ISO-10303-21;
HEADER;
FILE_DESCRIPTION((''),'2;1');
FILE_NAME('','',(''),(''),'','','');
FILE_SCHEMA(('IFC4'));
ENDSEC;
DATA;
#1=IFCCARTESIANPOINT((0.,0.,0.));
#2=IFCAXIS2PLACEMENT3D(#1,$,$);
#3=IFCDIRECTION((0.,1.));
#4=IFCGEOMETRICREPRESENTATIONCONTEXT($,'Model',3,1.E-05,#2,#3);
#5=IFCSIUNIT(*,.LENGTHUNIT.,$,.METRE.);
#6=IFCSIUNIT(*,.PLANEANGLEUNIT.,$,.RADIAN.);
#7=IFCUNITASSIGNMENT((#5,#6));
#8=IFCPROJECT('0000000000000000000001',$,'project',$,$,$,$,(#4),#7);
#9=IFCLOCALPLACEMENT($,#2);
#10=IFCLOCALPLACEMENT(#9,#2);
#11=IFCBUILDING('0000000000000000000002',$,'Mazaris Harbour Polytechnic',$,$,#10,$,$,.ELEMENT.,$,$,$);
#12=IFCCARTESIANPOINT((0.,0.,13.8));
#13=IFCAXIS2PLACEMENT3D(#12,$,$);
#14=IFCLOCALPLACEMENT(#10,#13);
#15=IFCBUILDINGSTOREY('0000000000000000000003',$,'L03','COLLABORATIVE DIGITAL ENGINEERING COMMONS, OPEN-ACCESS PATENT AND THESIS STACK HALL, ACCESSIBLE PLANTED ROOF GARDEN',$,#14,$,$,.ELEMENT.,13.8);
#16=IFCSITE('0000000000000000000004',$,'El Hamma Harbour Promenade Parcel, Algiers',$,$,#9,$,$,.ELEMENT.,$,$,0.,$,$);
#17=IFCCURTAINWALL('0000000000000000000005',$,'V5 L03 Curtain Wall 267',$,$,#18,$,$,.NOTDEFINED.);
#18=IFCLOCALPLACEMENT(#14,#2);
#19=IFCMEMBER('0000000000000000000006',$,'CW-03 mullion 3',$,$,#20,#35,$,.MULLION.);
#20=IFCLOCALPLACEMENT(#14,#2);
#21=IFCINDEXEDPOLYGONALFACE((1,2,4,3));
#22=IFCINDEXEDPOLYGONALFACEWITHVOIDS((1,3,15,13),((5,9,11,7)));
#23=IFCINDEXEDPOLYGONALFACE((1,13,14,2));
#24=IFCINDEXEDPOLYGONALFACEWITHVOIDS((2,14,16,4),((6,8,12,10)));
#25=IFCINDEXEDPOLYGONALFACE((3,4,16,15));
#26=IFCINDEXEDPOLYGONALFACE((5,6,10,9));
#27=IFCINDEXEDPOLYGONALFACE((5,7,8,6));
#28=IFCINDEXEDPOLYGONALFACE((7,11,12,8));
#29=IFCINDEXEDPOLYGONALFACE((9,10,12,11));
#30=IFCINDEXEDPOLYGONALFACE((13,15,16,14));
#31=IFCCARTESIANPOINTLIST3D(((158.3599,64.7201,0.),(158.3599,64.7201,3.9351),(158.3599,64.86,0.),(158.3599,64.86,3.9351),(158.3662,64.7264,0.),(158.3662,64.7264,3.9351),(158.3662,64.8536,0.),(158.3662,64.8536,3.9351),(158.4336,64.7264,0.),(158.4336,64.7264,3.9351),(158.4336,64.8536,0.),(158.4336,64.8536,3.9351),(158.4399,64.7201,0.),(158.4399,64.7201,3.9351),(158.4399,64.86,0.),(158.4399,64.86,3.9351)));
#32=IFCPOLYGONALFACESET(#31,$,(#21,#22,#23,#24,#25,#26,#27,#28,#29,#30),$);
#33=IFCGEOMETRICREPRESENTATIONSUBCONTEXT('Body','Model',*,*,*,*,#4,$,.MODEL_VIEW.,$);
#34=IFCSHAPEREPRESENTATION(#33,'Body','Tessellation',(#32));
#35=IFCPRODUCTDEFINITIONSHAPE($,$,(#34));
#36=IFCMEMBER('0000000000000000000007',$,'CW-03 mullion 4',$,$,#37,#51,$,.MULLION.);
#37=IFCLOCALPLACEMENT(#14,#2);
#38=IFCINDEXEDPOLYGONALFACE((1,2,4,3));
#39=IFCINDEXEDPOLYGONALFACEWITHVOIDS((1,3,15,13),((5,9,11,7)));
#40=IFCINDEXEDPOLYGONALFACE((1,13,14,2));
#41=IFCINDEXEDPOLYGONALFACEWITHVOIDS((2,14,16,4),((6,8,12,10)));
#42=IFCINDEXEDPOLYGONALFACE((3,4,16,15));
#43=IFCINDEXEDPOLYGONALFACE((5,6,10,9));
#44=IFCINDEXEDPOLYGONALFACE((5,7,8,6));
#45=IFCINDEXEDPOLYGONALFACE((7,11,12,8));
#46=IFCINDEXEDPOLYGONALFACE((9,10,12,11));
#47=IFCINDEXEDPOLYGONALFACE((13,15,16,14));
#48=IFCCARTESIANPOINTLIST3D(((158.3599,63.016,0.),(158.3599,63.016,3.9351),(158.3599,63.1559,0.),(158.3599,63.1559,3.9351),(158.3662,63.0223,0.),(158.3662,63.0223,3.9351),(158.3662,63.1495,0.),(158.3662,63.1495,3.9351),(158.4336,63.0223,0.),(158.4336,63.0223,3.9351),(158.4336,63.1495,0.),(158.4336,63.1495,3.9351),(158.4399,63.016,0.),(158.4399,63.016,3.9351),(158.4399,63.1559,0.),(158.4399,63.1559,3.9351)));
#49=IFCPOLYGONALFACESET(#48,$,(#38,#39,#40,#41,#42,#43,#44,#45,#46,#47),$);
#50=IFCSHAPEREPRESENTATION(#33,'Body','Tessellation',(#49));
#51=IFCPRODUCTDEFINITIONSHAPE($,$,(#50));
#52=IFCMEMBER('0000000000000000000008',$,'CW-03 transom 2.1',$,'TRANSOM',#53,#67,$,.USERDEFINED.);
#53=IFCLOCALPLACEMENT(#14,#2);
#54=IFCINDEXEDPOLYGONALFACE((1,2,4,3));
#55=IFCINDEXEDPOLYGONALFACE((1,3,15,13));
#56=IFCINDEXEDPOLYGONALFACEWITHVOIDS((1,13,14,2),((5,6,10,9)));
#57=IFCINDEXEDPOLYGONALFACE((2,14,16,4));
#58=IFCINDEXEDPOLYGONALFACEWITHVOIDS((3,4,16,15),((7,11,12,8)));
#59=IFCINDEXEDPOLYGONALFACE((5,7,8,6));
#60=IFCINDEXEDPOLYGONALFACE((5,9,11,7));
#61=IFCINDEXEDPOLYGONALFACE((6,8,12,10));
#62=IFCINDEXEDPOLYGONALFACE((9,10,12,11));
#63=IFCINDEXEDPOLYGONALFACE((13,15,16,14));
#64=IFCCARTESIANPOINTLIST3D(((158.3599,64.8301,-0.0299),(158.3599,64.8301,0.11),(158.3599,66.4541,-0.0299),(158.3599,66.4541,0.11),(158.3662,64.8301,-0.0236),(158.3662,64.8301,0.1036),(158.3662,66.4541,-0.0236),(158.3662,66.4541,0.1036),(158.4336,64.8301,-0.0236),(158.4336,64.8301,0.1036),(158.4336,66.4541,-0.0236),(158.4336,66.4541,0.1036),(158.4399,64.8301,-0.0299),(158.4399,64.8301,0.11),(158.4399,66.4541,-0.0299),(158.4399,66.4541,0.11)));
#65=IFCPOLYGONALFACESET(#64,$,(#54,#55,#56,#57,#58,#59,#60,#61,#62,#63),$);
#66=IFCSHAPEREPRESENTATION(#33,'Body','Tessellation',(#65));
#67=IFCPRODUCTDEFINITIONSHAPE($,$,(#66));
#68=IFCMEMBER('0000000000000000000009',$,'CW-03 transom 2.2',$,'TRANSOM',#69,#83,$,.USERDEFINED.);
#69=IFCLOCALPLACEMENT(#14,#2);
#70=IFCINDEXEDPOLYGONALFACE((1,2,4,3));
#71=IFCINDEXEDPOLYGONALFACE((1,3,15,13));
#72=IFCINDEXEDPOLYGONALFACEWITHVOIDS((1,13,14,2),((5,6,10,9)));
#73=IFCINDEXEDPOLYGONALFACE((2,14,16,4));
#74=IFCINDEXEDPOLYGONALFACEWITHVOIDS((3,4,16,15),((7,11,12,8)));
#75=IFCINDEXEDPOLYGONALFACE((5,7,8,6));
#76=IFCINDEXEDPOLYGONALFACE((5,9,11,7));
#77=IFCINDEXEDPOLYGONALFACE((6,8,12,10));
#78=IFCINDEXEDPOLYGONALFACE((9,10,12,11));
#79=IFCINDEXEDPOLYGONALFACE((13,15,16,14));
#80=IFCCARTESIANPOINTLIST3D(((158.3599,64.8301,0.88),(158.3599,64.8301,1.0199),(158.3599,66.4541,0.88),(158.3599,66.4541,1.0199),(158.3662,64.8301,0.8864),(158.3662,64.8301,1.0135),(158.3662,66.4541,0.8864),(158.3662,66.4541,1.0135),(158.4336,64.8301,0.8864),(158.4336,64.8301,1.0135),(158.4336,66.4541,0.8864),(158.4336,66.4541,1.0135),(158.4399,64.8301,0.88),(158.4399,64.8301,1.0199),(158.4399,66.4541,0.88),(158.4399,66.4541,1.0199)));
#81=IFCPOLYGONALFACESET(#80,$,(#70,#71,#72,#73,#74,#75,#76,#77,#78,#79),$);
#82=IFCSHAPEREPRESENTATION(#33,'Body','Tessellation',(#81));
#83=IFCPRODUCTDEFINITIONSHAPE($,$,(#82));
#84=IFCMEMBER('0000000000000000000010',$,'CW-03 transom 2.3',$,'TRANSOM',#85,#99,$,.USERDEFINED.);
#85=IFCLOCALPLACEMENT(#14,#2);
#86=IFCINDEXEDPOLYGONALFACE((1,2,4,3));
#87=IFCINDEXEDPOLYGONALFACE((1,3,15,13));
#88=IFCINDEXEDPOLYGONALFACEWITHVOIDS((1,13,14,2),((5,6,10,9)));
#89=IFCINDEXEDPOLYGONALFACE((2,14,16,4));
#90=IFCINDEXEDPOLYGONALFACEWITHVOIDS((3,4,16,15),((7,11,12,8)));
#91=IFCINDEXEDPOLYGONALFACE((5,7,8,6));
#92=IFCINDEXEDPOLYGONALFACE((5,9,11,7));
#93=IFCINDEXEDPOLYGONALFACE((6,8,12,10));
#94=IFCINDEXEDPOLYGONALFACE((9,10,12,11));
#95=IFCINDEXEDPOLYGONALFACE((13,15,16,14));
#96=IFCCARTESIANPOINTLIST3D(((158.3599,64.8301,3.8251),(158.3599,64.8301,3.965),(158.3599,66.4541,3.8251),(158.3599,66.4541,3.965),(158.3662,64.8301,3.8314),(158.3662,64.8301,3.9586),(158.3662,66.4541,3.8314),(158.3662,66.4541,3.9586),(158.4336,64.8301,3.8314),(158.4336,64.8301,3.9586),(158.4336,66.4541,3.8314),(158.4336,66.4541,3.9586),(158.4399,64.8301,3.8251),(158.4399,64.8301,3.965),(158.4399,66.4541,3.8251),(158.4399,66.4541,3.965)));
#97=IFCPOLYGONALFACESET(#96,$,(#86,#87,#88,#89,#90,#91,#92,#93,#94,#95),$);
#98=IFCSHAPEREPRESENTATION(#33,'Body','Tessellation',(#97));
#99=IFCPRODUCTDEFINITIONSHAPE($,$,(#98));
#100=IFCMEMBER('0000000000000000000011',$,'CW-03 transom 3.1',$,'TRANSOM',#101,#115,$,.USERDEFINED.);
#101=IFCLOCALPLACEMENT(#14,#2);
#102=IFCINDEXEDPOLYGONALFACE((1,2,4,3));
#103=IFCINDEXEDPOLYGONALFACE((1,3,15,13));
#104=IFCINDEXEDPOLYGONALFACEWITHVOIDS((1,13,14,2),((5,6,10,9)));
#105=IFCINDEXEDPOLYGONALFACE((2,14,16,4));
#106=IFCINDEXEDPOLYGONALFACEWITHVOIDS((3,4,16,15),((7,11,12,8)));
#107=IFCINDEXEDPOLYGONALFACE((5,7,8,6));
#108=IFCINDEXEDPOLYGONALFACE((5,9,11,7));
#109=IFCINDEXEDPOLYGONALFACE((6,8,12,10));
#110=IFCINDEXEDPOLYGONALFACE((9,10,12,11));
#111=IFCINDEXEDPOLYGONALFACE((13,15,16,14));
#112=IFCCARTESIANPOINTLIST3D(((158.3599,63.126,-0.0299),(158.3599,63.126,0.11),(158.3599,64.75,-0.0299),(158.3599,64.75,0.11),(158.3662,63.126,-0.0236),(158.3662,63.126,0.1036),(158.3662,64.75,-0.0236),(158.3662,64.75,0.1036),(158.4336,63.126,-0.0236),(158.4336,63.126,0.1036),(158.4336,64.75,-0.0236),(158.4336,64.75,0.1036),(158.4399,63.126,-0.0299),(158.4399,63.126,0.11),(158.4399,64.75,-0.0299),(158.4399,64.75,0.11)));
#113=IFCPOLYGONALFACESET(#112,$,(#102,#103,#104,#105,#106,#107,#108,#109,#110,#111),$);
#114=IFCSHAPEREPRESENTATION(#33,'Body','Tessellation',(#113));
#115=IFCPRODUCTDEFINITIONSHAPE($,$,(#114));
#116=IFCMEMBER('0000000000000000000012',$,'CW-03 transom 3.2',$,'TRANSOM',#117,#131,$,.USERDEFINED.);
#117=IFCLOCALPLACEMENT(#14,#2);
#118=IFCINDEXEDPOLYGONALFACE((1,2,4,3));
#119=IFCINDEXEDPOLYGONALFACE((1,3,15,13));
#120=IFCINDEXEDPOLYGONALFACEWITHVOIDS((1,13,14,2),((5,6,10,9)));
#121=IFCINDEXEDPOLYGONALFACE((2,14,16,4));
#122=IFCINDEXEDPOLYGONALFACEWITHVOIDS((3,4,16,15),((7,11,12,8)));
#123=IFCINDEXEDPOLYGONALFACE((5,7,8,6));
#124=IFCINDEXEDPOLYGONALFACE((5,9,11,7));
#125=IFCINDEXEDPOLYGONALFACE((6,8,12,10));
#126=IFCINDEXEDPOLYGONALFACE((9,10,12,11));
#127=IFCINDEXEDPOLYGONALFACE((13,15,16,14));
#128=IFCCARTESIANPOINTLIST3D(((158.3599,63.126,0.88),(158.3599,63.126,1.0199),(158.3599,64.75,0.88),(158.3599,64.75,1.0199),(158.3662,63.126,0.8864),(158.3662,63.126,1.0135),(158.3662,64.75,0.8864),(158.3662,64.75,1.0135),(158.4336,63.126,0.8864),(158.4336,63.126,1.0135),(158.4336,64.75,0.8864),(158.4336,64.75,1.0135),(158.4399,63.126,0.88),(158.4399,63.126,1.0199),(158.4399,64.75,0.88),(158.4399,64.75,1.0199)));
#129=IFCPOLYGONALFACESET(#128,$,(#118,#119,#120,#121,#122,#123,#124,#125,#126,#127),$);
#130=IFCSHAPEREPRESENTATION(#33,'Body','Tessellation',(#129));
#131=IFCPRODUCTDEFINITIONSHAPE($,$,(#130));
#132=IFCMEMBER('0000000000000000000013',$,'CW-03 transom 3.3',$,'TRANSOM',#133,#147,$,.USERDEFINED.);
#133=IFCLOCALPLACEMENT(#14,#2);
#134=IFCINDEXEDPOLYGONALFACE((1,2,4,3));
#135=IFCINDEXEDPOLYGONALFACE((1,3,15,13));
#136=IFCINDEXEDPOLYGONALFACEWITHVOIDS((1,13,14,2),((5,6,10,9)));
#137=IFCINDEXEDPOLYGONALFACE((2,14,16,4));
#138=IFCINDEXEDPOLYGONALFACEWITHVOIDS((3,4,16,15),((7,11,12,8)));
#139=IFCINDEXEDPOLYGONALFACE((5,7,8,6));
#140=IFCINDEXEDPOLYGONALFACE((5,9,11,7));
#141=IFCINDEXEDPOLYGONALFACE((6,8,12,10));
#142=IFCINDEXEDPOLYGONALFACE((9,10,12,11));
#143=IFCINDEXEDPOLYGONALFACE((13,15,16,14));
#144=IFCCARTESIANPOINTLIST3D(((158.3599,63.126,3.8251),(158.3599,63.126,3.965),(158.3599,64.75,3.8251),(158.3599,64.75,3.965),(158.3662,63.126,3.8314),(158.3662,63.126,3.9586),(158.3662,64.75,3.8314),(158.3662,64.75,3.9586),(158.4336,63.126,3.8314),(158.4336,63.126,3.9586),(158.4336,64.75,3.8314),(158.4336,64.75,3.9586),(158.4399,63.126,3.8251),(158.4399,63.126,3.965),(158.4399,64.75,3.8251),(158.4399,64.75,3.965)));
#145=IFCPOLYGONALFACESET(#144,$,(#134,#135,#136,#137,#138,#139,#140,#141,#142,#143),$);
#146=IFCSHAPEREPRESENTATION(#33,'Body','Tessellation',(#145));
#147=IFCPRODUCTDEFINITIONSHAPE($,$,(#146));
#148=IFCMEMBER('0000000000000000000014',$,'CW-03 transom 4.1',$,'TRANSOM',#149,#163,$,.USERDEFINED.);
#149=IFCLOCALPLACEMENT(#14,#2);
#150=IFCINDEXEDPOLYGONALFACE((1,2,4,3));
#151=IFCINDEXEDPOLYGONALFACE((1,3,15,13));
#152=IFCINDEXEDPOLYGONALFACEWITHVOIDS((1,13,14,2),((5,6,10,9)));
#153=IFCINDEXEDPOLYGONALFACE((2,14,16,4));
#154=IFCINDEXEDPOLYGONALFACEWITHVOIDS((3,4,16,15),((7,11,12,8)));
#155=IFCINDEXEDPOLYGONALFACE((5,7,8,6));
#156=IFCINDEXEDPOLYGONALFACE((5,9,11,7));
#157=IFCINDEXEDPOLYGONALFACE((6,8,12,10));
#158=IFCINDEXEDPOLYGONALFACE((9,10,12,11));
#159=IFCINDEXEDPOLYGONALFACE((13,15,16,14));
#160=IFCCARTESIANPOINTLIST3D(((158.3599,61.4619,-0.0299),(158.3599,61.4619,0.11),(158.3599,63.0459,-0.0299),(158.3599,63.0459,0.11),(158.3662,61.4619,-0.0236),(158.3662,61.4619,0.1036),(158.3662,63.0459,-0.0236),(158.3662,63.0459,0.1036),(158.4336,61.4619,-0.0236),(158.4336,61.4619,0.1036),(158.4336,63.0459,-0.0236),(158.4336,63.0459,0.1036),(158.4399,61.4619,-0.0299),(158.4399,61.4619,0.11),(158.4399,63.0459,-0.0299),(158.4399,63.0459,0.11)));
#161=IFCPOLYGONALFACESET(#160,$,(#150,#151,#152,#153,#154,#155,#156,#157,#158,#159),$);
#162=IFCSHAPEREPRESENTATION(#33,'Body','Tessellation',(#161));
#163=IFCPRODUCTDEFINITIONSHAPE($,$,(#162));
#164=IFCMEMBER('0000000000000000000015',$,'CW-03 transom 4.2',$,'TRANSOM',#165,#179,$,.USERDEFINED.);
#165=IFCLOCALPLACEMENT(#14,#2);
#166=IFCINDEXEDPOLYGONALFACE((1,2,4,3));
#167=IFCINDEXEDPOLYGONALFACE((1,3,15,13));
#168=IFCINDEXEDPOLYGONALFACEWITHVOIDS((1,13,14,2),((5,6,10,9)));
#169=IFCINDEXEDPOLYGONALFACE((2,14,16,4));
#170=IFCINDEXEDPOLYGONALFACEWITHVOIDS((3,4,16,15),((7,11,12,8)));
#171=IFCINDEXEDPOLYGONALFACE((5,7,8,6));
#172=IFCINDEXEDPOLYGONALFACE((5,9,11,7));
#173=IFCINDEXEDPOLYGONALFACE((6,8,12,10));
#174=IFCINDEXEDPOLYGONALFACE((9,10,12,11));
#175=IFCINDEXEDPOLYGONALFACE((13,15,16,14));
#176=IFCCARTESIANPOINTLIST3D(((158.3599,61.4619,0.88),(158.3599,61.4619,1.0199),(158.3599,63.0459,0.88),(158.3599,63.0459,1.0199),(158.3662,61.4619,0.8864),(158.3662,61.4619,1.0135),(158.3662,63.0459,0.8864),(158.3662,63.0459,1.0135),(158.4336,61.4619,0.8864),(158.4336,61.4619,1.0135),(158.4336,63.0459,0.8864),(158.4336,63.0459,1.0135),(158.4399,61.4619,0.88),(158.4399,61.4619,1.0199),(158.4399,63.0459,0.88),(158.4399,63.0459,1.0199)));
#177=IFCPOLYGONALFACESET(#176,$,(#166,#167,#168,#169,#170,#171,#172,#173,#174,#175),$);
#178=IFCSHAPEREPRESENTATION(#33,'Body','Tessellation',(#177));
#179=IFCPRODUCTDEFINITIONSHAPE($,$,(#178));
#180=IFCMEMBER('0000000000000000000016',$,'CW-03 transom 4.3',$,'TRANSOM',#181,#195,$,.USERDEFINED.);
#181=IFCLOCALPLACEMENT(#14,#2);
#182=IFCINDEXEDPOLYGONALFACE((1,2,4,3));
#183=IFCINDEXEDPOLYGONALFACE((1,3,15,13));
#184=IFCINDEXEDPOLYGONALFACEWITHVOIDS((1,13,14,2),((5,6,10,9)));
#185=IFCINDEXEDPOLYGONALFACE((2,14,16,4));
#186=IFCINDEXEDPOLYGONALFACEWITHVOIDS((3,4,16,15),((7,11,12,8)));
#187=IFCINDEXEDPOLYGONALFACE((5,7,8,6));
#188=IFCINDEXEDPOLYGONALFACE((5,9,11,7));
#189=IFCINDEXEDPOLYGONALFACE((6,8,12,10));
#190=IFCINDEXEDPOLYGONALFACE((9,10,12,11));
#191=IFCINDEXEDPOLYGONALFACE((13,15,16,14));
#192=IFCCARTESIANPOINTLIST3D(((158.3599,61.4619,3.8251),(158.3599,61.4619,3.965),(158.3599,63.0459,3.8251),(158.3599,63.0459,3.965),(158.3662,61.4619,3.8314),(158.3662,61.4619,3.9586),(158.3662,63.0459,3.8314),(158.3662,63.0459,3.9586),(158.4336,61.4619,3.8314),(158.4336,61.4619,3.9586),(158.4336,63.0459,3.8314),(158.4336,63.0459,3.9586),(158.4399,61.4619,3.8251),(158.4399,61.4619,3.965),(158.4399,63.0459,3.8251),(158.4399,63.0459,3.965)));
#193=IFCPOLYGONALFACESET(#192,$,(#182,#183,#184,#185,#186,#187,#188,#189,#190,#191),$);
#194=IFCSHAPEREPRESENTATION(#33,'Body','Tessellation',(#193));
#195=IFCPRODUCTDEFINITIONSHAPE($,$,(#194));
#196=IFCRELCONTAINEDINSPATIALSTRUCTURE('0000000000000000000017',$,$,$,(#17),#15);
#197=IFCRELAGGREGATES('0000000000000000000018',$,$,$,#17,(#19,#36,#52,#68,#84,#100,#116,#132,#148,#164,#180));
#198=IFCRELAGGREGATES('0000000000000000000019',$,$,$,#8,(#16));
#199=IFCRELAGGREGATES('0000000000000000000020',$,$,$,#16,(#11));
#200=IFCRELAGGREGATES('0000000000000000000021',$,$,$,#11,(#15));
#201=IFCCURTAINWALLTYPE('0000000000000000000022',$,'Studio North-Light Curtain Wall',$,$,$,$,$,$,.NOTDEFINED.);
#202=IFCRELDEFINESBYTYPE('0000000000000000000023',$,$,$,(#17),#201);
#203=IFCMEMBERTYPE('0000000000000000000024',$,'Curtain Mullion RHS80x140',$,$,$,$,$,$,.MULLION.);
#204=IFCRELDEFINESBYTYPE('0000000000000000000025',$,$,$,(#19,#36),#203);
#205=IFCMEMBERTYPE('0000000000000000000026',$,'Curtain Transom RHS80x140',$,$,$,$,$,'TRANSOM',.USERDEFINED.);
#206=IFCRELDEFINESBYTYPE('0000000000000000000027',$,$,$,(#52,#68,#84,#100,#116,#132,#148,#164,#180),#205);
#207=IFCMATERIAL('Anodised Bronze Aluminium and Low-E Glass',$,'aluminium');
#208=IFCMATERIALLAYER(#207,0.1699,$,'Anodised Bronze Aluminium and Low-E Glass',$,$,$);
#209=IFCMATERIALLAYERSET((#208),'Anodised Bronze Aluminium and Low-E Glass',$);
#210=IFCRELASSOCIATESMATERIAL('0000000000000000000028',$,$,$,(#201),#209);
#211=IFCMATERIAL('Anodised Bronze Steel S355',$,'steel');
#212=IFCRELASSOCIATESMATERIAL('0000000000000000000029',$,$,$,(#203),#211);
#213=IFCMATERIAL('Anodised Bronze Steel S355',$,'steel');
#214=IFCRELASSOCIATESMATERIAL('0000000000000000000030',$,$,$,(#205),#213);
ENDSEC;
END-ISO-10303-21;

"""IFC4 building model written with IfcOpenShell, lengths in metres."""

from ifc_helpers import new_model, si_unit, direction, frame, origin, origin_2d, place, context, subcontext, project, spatial, hollow_rectangle, extrude, material, layer, layer_set, material_profile, profile_set, type_object, element, aggregate, save


model = new_model("IFC4")

# Units and contexts
model_context = context("Model", 3, precision=1e-05, world=origin(), true_north=direction((0.0, 1.0)))
body_context = subcontext(model_context, "Body", "Model", "MODEL_VIEW")
ifc_project = project(units=[si_unit("LENGTHUNIT", "METRE"), si_unit("PLANEANGLEUNIT", "RADIAN")], contexts=[model_context])

# Site, building, storey
site_placement = place(None, origin())
site = spatial("IfcSite", under=ifc_project, at=site_placement, Name="El Hamma Harbour Promenade Parcel, Algiers", CompositionType="ELEMENT", RefElevation=0.0)
building_placement = place(site_placement, origin())
building = spatial("IfcBuilding", under=site, at=building_placement, Name="Mazaris Harbour Polytechnic", CompositionType="ELEMENT")
storey_placement = place(building_placement, frame((0.0, 0.0, 13.8)))
storey = spatial("IfcBuildingStorey", under=building, at=storey_placement, Name="L03", Description="COLLABORATIVE DIGITAL ENGINEERING COMMONS, OPEN-ACCESS PATENT AND THESIS STACK HALL, ACCESSIBLE PLANTED ROOF GARDEN", CompositionType="ELEMENT", Elevation=13.8)

# Curtain wall, members
ifc_material_1 = material(Name="Anodised Bronze Aluminium and Low-E Glass", Category="aluminium")
ifc_layer_1 = layer(ifc_material_1, 0.1699, Name="Anodised Bronze Aluminium and Low-E Glass")
ifc_layer_set_1 = layer_set([ifc_layer_1], Name="Anodised Bronze Aluminium and Low-E Glass")
curtain_wall_type = type_object("IfcCurtainWallType", Name="Studio North-Light Curtain Wall", PredefinedType="NOTDEFINED", material=ifc_layer_set_1)
curtain_wall_placement = place(storey_placement, origin())
curtain_wall = element("IfcCurtainWall", 1, at=curtain_wall_placement, inside=storey, type_object=curtain_wall_type, Name="V5 L03 Curtain Wall 267", PredefinedType="NOTDEFINED")
ifc_material_2 = material(Name="Anodised Bronze Steel S355", Category="steel")
ifc_material_profile_1 = material_profile(ifc_material_2, hollow_rectangle(XDim=0.0801, YDim=0.1399, WallThickness=0.0063, at=origin_2d()), Name="RHS 80x140x6.3")
ifc_profile_set_1 = profile_set([ifc_material_profile_1], Name="Anodised Bronze Steel S355")
member_type_1 = type_object("IfcMemberType", Name="Curtain Mullion RHS80x140", PredefinedType="MULLION", material=ifc_profile_set_1)
member_1_placement = place(storey_placement, frame((158.3999, 64.79, 0.0), z_axis=(0.0, 0.0, 1.0), x_axis=(1.0, 0.0, 0.0)))
member_1 = element("IfcMember", 2, at=member_1_placement, type_object=member_type_1, Name="CW-03 mullion 3", PredefinedType="MULLION", context=body_context, shape_type="SweptSolid", body=[
    extrude(hollow_rectangle(XDim=0.0801, YDim=0.1399, WallThickness=0.0063, at=origin_2d()), origin(), (0.0, 0.0, 1.0), 3.9351),
])
member_2_placement = place(storey_placement, frame((158.3999, 63.0859, 0.0), z_axis=(0.0, 0.0, 1.0), x_axis=(1.0, 0.0, 0.0)))
member_2 = element("IfcMember", 3, at=member_2_placement, type_object=member_type_1, Name="CW-03 mullion 4", PredefinedType="MULLION", context=body_context, shape_type="SweptSolid", body=[
    extrude(hollow_rectangle(XDim=0.0801, YDim=0.1399, WallThickness=0.0063, at=origin_2d()), origin(), (0.0, 0.0, 1.0), 3.9351),
])
ifc_material_3 = material(Name="Anodised Bronze Steel S355", Category="steel")
ifc_material_profile_2 = material_profile(ifc_material_3, hollow_rectangle(XDim=0.0801, YDim=0.1399, WallThickness=0.0063, at=origin_2d()), Name="RHS 80x140x6.3")
ifc_profile_set_2 = profile_set([ifc_material_profile_2], Name="Anodised Bronze Steel S355")
member_type_2 = type_object("IfcMemberType", Name="Curtain Transom RHS80x140", ElementType="TRANSOM", PredefinedType="USERDEFINED", material=ifc_profile_set_2)
member_3_placement = place(storey_placement, frame((158.3999, 66.4541, 0.04), z_axis=(0.0, -1.0, 0.0), x_axis=(1.0, 0.0, 0.0)))
member_3 = element("IfcMember", 4, at=member_3_placement, type_object=member_type_2, Name="CW-03 transom 2.1", ObjectType="TRANSOM", PredefinedType="USERDEFINED", context=body_context, shape_type="SweptSolid", body=[
    extrude(hollow_rectangle(XDim=0.0801, YDim=0.1399, WallThickness=0.0063, at=origin_2d()), origin(), (0.0, 0.0, 1.0), 1.624),
])
member_4_placement = place(storey_placement, frame((158.3999, 66.4541, 0.95), z_axis=(0.0, -1.0, 0.0), x_axis=(1.0, 0.0, 0.0)))
member_4 = element("IfcMember", 5, at=member_4_placement, type_object=member_type_2, Name="CW-03 transom 2.2", ObjectType="TRANSOM", PredefinedType="USERDEFINED", context=body_context, shape_type="SweptSolid", body=[
    extrude(hollow_rectangle(XDim=0.0801, YDim=0.1399, WallThickness=0.0063, at=origin_2d()), origin(), (0.0, 0.0, 1.0), 1.624),
])
member_5_placement = place(storey_placement, frame((158.3999, 66.4541, 3.895), z_axis=(0.0, -1.0, 0.0), x_axis=(1.0, 0.0, 0.0)))
member_5 = element("IfcMember", 6, at=member_5_placement, type_object=member_type_2, Name="CW-03 transom 2.3", ObjectType="TRANSOM", PredefinedType="USERDEFINED", context=body_context, shape_type="SweptSolid", body=[
    extrude(hollow_rectangle(XDim=0.0801, YDim=0.1399, WallThickness=0.0063, at=origin_2d()), origin(), (0.0, 0.0, 1.0), 1.624),
])
member_6_placement = place(storey_placement, frame((158.3999, 64.75, 0.04), z_axis=(0.0, -1.0, 0.0), x_axis=(1.0, 0.0, 0.0)))
member_6 = element("IfcMember", 7, at=member_6_placement, type_object=member_type_2, Name="CW-03 transom 3.1", ObjectType="TRANSOM", PredefinedType="USERDEFINED", context=body_context, shape_type="SweptSolid", body=[
    extrude(hollow_rectangle(XDim=0.0801, YDim=0.1399, WallThickness=0.0063, at=origin_2d()), origin(), (0.0, 0.0, 1.0), 1.624),
])
member_7_placement = place(storey_placement, frame((158.3999, 64.75, 0.95), z_axis=(0.0, -1.0, 0.0), x_axis=(1.0, 0.0, 0.0)))
member_7 = element("IfcMember", 8, at=member_7_placement, type_object=member_type_2, Name="CW-03 transom 3.2", ObjectType="TRANSOM", PredefinedType="USERDEFINED", context=body_context, shape_type="SweptSolid", body=[
    extrude(hollow_rectangle(XDim=0.0801, YDim=0.1399, WallThickness=0.0063, at=origin_2d()), origin(), (0.0, 0.0, 1.0), 1.624),
])
member_8_placement = place(storey_placement, frame((158.3999, 64.75, 3.895), z_axis=(0.0, -1.0, 0.0), x_axis=(1.0, 0.0, 0.0)))
member_8 = element("IfcMember", 9, at=member_8_placement, type_object=member_type_2, Name="CW-03 transom 3.3", ObjectType="TRANSOM", PredefinedType="USERDEFINED", context=body_context, shape_type="SweptSolid", body=[
    extrude(hollow_rectangle(XDim=0.0801, YDim=0.1399, WallThickness=0.0063, at=origin_2d()), origin(), (0.0, 0.0, 1.0), 1.624),
])
member_9_placement = place(storey_placement, frame((158.3999, 63.0459, 0.04), z_axis=(0.0, -1.0, 0.0), x_axis=(1.0, 0.0, 0.0)))
member_9 = element("IfcMember", 10, at=member_9_placement, type_object=member_type_2, Name="CW-03 transom 4.1", ObjectType="TRANSOM", PredefinedType="USERDEFINED", context=body_context, shape_type="SweptSolid", body=[
    extrude(hollow_rectangle(XDim=0.0801, YDim=0.1399, WallThickness=0.0063, at=origin_2d()), origin(), (0.0, 0.0, 1.0), 1.584),
])
member_10_placement = place(storey_placement, frame((158.3999, 63.0459, 0.95), z_axis=(0.0, -1.0, 0.0), x_axis=(1.0, 0.0, 0.0)))
member_10 = element("IfcMember", 11, at=member_10_placement, type_object=member_type_2, Name="CW-03 transom 4.2", ObjectType="TRANSOM", PredefinedType="USERDEFINED", context=body_context, shape_type="SweptSolid", body=[
    extrude(hollow_rectangle(XDim=0.0801, YDim=0.1399, WallThickness=0.0063, at=origin_2d()), origin(), (0.0, 0.0, 1.0), 1.584),
])
member_11_placement = place(storey_placement, frame((158.3999, 63.0459, 3.895), z_axis=(0.0, -1.0, 0.0), x_axis=(1.0, 0.0, 0.0)))
member_11 = element("IfcMember", 12, at=member_11_placement, type_object=member_type_2, Name="CW-03 transom 4.3", ObjectType="TRANSOM", PredefinedType="USERDEFINED", context=body_context, shape_type="SweptSolid", body=[
    extrude(hollow_rectangle(XDim=0.0801, YDim=0.1399, WallThickness=0.0063, at=origin_2d()), origin(), (0.0, 0.0, 1.0), 1.584),
])
aggregate(curtain_wall, [member_1, member_2, member_3, member_4, member_5, member_6, member_7, member_8, member_9, member_10, member_11])

save(model, "model.ifc")
